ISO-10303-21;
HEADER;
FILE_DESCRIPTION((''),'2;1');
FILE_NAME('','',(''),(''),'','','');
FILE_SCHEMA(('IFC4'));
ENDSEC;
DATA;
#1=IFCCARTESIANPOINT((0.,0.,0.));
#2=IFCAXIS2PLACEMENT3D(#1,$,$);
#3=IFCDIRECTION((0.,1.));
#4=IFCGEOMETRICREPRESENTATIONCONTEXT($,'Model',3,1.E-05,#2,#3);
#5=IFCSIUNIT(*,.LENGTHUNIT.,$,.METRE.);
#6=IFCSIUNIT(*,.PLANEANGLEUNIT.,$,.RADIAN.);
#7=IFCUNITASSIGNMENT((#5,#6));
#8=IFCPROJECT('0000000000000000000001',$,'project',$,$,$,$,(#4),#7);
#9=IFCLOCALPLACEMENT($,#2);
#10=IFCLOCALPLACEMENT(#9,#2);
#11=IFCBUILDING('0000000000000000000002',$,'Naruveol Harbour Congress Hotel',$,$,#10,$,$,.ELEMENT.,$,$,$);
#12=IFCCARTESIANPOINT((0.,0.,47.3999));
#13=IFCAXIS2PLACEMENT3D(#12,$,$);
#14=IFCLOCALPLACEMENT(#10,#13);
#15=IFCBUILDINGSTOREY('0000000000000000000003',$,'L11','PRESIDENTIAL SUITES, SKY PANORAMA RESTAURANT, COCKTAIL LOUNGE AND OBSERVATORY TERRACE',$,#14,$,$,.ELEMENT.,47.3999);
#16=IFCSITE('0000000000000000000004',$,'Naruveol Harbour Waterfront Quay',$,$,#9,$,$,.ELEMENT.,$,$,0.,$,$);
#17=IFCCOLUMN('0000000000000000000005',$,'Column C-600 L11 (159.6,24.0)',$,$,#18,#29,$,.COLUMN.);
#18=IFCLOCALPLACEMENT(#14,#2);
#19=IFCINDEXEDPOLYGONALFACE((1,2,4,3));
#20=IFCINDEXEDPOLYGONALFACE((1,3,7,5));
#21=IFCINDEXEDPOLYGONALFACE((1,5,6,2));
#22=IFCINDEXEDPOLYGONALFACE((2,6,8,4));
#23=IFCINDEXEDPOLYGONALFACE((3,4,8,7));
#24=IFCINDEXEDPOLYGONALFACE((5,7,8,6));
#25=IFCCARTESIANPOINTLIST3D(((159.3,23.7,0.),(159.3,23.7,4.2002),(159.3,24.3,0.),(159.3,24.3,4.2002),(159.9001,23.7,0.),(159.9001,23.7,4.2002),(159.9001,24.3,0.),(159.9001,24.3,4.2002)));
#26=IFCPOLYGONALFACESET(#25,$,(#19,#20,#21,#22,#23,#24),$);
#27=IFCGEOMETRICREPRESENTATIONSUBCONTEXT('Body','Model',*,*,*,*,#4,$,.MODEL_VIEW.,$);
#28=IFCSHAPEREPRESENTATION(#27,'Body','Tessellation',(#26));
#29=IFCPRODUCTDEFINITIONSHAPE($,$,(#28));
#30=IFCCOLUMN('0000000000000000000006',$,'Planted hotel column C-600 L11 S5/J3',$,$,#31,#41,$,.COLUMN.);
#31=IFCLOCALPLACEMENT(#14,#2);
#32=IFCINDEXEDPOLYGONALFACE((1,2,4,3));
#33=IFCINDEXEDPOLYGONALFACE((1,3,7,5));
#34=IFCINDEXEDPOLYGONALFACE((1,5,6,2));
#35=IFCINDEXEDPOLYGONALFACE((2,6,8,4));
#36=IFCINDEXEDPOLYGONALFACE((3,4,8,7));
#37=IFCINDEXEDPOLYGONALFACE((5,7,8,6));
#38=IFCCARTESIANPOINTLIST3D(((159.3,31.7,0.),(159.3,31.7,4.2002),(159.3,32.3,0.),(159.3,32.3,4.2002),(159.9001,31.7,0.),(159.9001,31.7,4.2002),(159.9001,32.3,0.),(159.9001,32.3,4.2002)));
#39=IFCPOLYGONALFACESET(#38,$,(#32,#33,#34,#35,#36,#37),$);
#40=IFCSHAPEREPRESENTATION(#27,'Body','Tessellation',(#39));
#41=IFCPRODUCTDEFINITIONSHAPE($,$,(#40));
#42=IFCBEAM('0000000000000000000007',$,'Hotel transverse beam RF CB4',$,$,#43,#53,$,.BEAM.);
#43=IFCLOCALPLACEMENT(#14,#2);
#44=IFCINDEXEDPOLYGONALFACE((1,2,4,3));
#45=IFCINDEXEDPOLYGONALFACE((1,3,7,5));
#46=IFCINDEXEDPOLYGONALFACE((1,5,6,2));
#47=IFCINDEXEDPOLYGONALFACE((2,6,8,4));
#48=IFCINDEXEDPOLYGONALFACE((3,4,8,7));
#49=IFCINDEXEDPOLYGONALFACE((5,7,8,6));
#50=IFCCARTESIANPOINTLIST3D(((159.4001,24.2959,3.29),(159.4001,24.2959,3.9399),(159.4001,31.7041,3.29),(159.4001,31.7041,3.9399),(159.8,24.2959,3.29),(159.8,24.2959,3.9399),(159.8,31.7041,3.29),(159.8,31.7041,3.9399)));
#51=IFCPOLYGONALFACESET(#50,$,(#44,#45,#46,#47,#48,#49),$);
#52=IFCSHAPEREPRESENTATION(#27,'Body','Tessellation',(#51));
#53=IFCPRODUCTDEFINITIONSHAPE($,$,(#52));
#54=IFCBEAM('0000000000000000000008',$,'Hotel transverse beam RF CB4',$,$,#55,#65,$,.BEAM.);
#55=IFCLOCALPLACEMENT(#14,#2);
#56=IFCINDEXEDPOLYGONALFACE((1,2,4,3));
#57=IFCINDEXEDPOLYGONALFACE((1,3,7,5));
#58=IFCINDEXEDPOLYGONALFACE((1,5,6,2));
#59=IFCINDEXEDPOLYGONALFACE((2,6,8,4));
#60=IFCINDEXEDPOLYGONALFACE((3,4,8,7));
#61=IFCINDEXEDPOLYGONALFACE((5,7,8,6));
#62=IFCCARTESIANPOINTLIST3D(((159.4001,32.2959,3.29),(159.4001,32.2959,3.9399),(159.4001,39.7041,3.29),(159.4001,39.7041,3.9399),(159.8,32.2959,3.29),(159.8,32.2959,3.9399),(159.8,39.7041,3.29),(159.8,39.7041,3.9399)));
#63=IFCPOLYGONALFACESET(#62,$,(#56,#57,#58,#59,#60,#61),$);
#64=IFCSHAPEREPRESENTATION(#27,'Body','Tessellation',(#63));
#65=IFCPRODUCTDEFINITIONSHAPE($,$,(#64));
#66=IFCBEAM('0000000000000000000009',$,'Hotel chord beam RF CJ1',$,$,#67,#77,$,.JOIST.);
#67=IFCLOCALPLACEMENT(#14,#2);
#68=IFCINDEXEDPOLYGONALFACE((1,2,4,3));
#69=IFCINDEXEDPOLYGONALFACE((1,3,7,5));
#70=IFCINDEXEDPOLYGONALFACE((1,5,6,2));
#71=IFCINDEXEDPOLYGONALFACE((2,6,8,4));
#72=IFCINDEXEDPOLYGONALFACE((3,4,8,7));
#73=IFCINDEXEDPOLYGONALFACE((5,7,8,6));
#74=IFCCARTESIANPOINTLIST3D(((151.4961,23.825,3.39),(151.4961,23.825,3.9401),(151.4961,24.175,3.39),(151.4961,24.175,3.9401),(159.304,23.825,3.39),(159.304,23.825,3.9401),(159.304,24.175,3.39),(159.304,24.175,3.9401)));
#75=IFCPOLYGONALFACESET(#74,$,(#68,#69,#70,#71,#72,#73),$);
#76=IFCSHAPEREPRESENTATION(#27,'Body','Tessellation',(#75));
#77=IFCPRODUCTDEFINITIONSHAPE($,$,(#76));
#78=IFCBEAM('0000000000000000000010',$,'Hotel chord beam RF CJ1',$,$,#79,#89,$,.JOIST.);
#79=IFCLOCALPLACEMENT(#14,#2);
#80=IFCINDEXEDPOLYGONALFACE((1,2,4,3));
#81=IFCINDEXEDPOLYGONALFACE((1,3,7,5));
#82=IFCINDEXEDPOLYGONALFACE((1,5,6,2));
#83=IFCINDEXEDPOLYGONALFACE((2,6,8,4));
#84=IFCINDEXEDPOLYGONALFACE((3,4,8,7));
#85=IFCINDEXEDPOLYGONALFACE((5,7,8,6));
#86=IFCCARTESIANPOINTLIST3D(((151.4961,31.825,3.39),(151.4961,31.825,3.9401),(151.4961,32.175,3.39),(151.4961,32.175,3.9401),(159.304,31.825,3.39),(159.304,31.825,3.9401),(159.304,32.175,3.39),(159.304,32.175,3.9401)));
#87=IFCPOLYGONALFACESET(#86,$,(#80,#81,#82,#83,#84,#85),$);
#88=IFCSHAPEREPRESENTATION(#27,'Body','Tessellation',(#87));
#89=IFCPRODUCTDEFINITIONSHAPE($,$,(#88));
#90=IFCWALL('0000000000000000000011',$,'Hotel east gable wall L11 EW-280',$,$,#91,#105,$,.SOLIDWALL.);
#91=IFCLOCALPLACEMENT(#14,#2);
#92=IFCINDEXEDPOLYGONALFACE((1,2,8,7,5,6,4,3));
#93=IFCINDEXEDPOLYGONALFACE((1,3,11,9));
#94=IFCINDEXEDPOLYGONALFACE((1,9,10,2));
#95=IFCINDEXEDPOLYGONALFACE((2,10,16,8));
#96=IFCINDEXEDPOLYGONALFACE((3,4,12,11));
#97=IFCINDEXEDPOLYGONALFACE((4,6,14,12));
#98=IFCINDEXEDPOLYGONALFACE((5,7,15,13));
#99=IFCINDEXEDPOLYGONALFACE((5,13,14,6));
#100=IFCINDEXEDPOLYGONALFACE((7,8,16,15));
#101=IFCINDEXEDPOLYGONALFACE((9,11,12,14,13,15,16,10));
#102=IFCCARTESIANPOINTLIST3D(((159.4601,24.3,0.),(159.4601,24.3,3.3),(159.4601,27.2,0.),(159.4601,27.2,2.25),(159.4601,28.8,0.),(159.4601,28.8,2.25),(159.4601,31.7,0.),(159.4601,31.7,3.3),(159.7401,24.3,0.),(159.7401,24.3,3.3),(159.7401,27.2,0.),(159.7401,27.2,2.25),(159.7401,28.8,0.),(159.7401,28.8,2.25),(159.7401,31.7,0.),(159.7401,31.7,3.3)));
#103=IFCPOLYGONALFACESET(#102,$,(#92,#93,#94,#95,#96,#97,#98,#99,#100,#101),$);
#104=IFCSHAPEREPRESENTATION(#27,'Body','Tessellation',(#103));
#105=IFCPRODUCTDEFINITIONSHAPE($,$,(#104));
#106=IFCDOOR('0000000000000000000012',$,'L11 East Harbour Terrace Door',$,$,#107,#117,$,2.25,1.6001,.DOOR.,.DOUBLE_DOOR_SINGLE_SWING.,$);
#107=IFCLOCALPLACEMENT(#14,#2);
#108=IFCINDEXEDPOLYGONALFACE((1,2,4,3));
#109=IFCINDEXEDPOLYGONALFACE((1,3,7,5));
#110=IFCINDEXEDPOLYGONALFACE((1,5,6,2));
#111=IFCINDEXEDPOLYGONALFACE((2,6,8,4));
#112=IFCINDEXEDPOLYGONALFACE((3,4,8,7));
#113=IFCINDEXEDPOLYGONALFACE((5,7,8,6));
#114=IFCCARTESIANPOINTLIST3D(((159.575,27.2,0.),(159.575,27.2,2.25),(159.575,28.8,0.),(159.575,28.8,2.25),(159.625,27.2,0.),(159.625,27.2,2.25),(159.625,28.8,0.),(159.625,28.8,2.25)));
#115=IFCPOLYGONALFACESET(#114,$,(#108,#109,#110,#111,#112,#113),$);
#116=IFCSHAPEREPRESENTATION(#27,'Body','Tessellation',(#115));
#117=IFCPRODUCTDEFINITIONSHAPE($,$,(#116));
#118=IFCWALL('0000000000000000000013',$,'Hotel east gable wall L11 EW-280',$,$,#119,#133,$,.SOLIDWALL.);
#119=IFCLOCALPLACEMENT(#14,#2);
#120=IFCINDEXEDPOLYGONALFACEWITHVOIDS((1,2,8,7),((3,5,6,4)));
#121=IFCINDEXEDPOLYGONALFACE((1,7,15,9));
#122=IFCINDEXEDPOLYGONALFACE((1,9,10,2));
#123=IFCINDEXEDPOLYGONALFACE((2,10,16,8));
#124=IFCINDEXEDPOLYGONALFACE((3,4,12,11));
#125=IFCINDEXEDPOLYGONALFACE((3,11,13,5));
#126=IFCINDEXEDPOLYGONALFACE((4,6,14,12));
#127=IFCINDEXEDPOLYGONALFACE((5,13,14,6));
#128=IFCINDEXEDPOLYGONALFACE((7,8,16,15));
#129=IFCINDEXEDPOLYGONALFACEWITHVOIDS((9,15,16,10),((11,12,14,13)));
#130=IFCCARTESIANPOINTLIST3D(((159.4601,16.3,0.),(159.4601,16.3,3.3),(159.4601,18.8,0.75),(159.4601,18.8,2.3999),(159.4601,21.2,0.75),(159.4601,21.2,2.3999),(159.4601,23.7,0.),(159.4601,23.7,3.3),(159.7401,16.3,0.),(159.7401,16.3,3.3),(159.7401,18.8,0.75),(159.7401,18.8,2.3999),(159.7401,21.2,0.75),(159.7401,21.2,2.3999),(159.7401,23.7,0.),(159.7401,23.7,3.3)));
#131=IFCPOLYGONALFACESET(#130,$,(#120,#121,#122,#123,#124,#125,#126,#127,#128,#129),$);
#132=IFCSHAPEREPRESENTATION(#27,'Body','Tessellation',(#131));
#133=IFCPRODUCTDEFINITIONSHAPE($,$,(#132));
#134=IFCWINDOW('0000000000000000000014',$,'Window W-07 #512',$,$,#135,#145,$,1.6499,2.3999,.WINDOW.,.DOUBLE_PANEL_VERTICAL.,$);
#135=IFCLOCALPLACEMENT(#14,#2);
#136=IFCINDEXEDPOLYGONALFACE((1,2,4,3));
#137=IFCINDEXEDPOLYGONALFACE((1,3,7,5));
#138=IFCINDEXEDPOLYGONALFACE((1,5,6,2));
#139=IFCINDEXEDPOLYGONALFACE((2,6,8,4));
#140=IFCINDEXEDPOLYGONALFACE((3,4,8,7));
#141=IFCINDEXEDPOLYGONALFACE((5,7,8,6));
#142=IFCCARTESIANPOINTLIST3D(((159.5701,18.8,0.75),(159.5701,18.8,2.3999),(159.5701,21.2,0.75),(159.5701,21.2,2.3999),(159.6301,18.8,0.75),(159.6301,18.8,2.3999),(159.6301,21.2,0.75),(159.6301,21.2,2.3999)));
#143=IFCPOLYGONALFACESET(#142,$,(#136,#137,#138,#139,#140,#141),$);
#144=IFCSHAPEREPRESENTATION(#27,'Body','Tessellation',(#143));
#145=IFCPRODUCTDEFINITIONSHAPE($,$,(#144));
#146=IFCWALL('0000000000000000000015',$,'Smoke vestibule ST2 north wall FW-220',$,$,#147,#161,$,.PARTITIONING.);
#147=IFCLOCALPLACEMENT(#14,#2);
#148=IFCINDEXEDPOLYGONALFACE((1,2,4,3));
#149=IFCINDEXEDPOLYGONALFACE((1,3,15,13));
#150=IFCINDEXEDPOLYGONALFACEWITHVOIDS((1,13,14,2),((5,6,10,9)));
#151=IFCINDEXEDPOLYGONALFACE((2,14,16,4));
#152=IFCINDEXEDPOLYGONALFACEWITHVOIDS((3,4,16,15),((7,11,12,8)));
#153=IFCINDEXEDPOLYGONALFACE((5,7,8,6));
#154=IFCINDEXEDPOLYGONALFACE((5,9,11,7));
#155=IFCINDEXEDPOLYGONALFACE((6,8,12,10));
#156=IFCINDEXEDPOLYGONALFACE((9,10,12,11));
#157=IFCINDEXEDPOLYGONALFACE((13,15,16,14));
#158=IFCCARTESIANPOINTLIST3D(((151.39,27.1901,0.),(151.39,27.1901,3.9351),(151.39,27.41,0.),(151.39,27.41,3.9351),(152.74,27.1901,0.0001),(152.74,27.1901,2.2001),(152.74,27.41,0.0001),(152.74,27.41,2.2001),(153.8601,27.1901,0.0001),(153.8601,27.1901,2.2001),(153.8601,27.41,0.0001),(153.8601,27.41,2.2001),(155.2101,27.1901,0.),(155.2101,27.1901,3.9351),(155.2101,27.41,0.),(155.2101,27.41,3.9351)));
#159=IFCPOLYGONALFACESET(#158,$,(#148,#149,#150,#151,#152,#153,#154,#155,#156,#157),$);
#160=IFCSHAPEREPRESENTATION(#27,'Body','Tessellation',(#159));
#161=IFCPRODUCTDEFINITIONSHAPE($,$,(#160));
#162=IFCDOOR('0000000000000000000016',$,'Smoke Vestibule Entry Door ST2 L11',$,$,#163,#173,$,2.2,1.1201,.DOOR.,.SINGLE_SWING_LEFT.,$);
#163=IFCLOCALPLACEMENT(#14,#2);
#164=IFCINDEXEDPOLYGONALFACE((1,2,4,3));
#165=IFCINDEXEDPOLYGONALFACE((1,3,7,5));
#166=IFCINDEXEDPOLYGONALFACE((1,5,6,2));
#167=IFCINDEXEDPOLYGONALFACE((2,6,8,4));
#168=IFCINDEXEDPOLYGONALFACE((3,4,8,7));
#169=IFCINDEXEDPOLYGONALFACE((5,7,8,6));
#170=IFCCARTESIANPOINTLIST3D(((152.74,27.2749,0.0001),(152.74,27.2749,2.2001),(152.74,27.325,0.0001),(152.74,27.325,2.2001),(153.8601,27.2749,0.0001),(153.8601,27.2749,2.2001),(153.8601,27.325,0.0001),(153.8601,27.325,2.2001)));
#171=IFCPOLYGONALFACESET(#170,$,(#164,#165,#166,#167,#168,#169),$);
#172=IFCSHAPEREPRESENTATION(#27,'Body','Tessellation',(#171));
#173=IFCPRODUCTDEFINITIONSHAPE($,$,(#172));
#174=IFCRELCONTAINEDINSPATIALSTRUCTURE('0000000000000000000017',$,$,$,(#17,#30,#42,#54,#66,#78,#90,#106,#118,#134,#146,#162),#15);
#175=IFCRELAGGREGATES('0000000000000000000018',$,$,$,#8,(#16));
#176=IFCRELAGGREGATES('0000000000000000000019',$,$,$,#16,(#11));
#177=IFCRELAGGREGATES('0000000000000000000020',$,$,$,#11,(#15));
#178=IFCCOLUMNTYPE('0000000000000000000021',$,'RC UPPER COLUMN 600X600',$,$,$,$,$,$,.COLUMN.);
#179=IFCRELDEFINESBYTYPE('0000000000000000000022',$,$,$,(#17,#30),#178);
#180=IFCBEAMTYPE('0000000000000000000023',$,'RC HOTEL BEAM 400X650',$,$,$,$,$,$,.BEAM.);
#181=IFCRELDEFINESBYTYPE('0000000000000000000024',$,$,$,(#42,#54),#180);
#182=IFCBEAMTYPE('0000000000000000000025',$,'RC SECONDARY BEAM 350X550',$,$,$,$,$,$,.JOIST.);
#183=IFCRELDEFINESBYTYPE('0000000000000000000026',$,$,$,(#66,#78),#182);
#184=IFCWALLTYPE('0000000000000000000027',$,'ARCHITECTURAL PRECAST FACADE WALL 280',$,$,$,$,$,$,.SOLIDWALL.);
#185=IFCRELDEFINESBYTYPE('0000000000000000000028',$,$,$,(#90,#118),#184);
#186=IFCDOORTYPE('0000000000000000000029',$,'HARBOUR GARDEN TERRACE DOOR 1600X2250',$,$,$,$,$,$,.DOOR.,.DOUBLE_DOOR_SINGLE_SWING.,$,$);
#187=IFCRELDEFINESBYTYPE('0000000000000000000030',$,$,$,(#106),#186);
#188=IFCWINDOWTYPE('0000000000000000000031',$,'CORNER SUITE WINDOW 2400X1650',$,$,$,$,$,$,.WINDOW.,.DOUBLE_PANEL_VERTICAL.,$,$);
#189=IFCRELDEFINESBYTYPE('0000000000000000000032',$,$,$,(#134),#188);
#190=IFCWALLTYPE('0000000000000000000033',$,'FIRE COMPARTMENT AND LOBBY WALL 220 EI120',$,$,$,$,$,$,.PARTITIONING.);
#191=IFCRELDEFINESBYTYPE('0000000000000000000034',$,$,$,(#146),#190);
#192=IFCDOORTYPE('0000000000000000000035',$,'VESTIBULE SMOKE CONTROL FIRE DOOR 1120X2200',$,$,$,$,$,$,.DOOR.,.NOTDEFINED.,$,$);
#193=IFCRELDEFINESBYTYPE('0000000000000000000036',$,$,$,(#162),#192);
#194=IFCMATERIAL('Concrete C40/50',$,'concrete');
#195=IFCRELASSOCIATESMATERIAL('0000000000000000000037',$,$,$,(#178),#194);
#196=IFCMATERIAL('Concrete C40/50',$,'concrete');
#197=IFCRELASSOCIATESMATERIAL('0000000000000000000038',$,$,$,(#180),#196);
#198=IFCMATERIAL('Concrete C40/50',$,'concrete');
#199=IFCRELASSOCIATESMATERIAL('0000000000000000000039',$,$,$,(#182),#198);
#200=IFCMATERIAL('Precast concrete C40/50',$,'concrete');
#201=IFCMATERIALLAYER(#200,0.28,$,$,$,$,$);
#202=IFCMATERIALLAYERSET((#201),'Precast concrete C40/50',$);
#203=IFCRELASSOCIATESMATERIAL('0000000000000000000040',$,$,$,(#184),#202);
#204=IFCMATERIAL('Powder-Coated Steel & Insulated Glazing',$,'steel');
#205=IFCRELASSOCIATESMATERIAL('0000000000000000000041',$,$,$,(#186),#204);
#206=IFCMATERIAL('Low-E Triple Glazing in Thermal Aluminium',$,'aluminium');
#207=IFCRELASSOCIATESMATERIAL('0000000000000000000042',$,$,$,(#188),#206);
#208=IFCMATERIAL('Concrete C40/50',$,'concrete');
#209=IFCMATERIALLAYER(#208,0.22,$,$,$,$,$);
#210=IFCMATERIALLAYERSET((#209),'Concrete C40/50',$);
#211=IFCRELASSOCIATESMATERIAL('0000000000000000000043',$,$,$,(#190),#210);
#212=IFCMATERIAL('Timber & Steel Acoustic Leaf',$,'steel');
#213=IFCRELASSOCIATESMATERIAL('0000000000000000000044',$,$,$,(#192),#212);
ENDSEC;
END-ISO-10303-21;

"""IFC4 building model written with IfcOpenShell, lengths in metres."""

from ifc_helpers import new_model, si_unit, direction, frame, frame_2d, origin, origin_2d, place, context, subcontext, project, spatial, rectangle, extrude, material, layer, layer_set, material_profile, profile_set, type_object, element, fill, save


model = new_model("IFC4")

# Units and contexts
model_context = context("Model", 3, precision=1e-05, world=origin(), true_north=direction((0.0, 1.0)))
body_context = subcontext(model_context, "Body", "Model", "MODEL_VIEW")
ifc_project = project(units=[si_unit("LENGTHUNIT", "METRE"), si_unit("PLANEANGLEUNIT", "RADIAN")], contexts=[model_context])

# Site, building, storey
site_placement = place(None, origin())
site = spatial("IfcSite", under=ifc_project, at=site_placement, Name="Naruveol Harbour Waterfront Quay", CompositionType="ELEMENT", RefElevation=0.0)
building_placement = place(site_placement, origin())
building = spatial("IfcBuilding", under=site, at=building_placement, Name="Naruveol Harbour Congress Hotel", CompositionType="ELEMENT")
storey_placement = place(building_placement, frame((0.0, 0.0, 47.3999)))
storey = spatial("IfcBuildingStorey", under=building, at=storey_placement, Name="L11", Description="PRESIDENTIAL SUITES, SKY PANORAMA RESTAURANT, COCKTAIL LOUNGE AND OBSERVATORY TERRACE", CompositionType="ELEMENT", Elevation=47.3999)

# Columns
ifc_material_1 = material(Name="Concrete C40/50", Category="concrete")
ifc_material_profile_1 = material_profile(ifc_material_1, rectangle(XDim=0.6001, YDim=0.6001, at=origin_2d()), Name="RC-600x600")
ifc_profile_set_1 = profile_set([ifc_material_profile_1], Name="Concrete C40/50")
column_type = type_object("IfcColumnType", Name="RC UPPER COLUMN 600X600", PredefinedType="COLUMN", material=ifc_profile_set_1)
for number, where, z_axis, x_axis, name in (
    (1, (159.6001, 24.0, 0.0), (0.0, 0.0, 1.0), (1.0, 0.0, 0.0), "Column C-600 L11 (159.6,24.0)"),
    (2, (159.6001, 32.0, 0.0), (0.0, 0.0, 1.0), (1.0, 0.0, 0.0), "Planted hotel column C-600 L11 S5/J3"),
):
    element("IfcColumn", number, at=place(storey_placement, frame(where, z_axis=z_axis, x_axis=x_axis)), inside=storey, type_object=column_type, Name=name, PredefinedType="COLUMN", context=body_context, shape_type="SweptSolid", body=[
        extrude(rectangle(XDim=0.6001, YDim=0.6001, at=origin_2d()), origin(), (0.0, 0.0, 1.0), 4.2002),
    ])

# Beams
ifc_material_2 = material(Name="Concrete C40/50", Category="concrete")
ifc_material_profile_2 = material_profile(ifc_material_2, rectangle(XDim=0.3999, YDim=0.6499, at=origin_2d()), Name="RCB-400x650")
ifc_profile_set_2 = profile_set([ifc_material_profile_2], Name="Concrete C40/50")
beam_type_1 = type_object("IfcBeamType", Name="RC HOTEL BEAM 400X650", PredefinedType="BEAM", material=ifc_profile_set_2)
for number, where, z_axis, x_axis, name in (
    (3, (159.6001, 24.2959, 3.615), (0.0, 1.0, 0.0), (-1.0, 0.0, 0.0), "Hotel transverse beam RF CB4"),
    (4, (159.6001, 32.2959, 3.615), (0.0, 1.0, 0.0), (-1.0, 0.0, 0.0), "Hotel transverse beam RF CB4"),
):
    element("IfcBeam", number, at=place(storey_placement, frame(where, z_axis=z_axis, x_axis=x_axis)), inside=storey, type_object=beam_type_1, Name=name, PredefinedType="BEAM", context=body_context, shape_type="SweptSolid", body=[
        extrude(rectangle(XDim=0.3999, YDim=0.6499, at=origin_2d()), origin(), (0.0, 0.0, 1.0), 7.4082),
    ])
ifc_material_3 = material(Name="Concrete C40/50", Category="concrete")
ifc_material_profile_3 = material_profile(ifc_material_3, rectangle(XDim=0.3501, YDim=0.55, at=origin_2d()), Name="RCB-350x550")
ifc_profile_set_3 = profile_set([ifc_material_profile_3], Name="Concrete C40/50")
beam_type_2 = type_object("IfcBeamType", Name="RC SECONDARY BEAM 350X550", PredefinedType="JOIST", material=ifc_profile_set_3)
for number, where, z_axis, x_axis, name in (
    (5, (151.4961, 24.0, 3.665), (1.0, 0.0, 0.0), (0.0, 1.0, 0.0), "Hotel chord beam RF CJ1"),
    (6, (151.4961, 32.0, 3.665), (1.0, 0.0, 0.0), (0.0, 1.0, 0.0), "Hotel chord beam RF CJ1"),
):
    element("IfcBeam", number, at=place(storey_placement, frame(where, z_axis=z_axis, x_axis=x_axis)), inside=storey, type_object=beam_type_2, Name=name, PredefinedType="JOIST", context=body_context, shape_type="SweptSolid", body=[
        extrude(rectangle(XDim=0.3501, YDim=0.55, at=origin_2d()), origin(), (0.0, 0.0, 1.0), 7.8079),
    ])

# Wall, opening, door
ifc_material_4 = material(Name="Precast concrete C40/50", Category="concrete")
ifc_layer_1 = layer(ifc_material_4, 0.28)
ifc_layer_set_1 = layer_set([ifc_layer_1], Name="Precast concrete C40/50")
wall_type_1 = type_object("IfcWallType", Name="ARCHITECTURAL PRECAST FACADE WALL 280", PredefinedType="SOLIDWALL", material=ifc_layer_set_1)
wall_1_placement = place(storey_placement, frame((159.6001, 31.7, 0.0), z_axis=(0.0, 0.0, 1.0), x_axis=(0.0, -1.0, 0.0)))
wall_1 = element("IfcWall", 7, at=wall_1_placement, inside=storey, type_object=wall_type_1, Name="Hotel east gable wall L11 EW-280", PredefinedType="SOLIDWALL", context=body_context, shape_type="SweptSolid", body=[
    extrude(rectangle(XDim=7.3999, YDim=0.28, at=frame_2d((3.7, 0.0))), origin(), (0.0, 0.0, 1.0), 3.3),
])
opening_1_placement = place(wall_1_placement, frame((2.8999, 0.0, 0.0)))
opening_1 = element("IfcOpeningElement", 8, at=opening_1_placement, cuts=wall_1, PredefinedType="OPENING", context=body_context, shape_type="SweptSolid", body=[
    extrude(rectangle(XDim=1.6001, YDim=2.25, at=frame_2d((0.8, 1.125))), frame((0.0, 0.1499, 0.0), z_axis=(0.0, -1.0, 0.0), x_axis=(1.0, 0.0, 0.0)), (0.0, 0.0, 1.0), 0.3),
])
ifc_material_5 = material(Name="Powder-Coated Steel & Insulated Glazing", Category="steel")
door_type_1 = type_object("IfcDoorType", Name="HARBOUR GARDEN TERRACE DOOR 1600X2250", OperationType="DOUBLE_DOOR_SINGLE_SWING", PredefinedType="DOOR", material=ifc_material_5)
door_1_placement = place(opening_1_placement, origin())
door_1 = element("IfcDoor", 9, at=door_1_placement, inside=storey, type_object=door_type_1, Name="L11 East Harbour Terrace Door", OperationType="DOUBLE_DOOR_SINGLE_SWING", OverallHeight=2.25, OverallWidth=1.6001, PredefinedType="DOOR", context=body_context, shape_type="SweptSolid", body=[
    extrude(rectangle(XDim=1.6001, YDim=2.25, at=frame_2d((0.8, 1.125))), frame((0.0, 0.0249, 0.0), z_axis=(0.0, -1.0, 0.0), x_axis=(1.0, 0.0, 0.0)), (0.0, 0.0, 1.0), 0.05),
])
fill(opening_1, door_1)

# Wall, opening, window
wall_2_placement = place(storey_placement, frame((159.6001, 23.7, 0.0), z_axis=(0.0, 0.0, 1.0), x_axis=(0.0, -1.0, 0.0)))
wall_2 = element("IfcWall", 10, at=wall_2_placement, inside=storey, type_object=wall_type_1, Name="Hotel east gable wall L11 EW-280", PredefinedType="SOLIDWALL", context=body_context, shape_type="SweptSolid", body=[
    extrude(rectangle(XDim=7.3999, YDim=0.28, at=frame_2d((3.7, 0.0))), origin(), (0.0, 0.0, 1.0), 3.3),
])
opening_2_placement = place(wall_2_placement, frame((2.5, 0.0, 0.75)))
opening_2 = element("IfcOpeningElement", 11, at=opening_2_placement, cuts=wall_2, PredefinedType="OPENING", context=body_context, shape_type="SweptSolid", body=[
    extrude(rectangle(XDim=2.3999, YDim=1.6499, at=frame_2d((1.2, 0.825))), frame((0.0, 0.1499, 0.0), z_axis=(0.0, -1.0, 0.0), x_axis=(1.0, 0.0, 0.0)), (0.0, 0.0, 1.0), 0.3),
])
ifc_material_6 = material(Name="Low-E Triple Glazing in Thermal Aluminium", Category="aluminium")
window_type = type_object("IfcWindowType", Name="CORNER SUITE WINDOW 2400X1650", PartitioningType="DOUBLE_PANEL_VERTICAL", PredefinedType="WINDOW", material=ifc_material_6)
window_placement = place(opening_2_placement, origin())
window = element("IfcWindow", 12, at=window_placement, inside=storey, type_object=window_type, Name="Window W-07 #512", OverallHeight=1.6499, OverallWidth=2.3999, PartitioningType="DOUBLE_PANEL_VERTICAL", PredefinedType="WINDOW", context=body_context, shape_type="SweptSolid", body=[
    extrude(rectangle(XDim=2.3999, YDim=1.6499, at=frame_2d((1.2, 0.825))), frame((0.0, 0.03, 0.0), z_axis=(0.0, -1.0, 0.0), x_axis=(1.0, 0.0, 0.0)), (0.0, 0.0, 1.0), 0.0601),
])
fill(opening_2, window)

# Wall, opening, door
ifc_material_7 = material(Name="Concrete C40/50", Category="concrete")
ifc_layer_2 = layer(ifc_material_7, 0.22)
ifc_layer_set_2 = layer_set([ifc_layer_2], Name="Concrete C40/50")
wall_type_2 = type_object("IfcWallType", Name="FIRE COMPARTMENT AND LOBBY WALL 220 EI120", PredefinedType="PARTITIONING", material=ifc_layer_set_2)
wall_3_placement = place(storey_placement, frame((151.3899, 27.3, 0.0), z_axis=(0.0, 0.0, 1.0), x_axis=(1.0, 0.0, 0.0)))
wall_3 = element("IfcWall", 13, at=wall_3_placement, inside=storey, type_object=wall_type_2, Name="Smoke vestibule ST2 north wall FW-220", PredefinedType="PARTITIONING", context=body_context, shape_type="SweptSolid", body=[
    extrude(rectangle(XDim=3.8201, YDim=0.22, at=frame_2d((1.9102, 0.0))), origin(), (0.0, 0.0, 1.0), 3.9351),
])
opening_3_placement = place(wall_3_placement, frame((1.3501, 0.0, 0.0)))
opening_3 = element("IfcOpeningElement", 14, at=opening_3_placement, cuts=wall_3, PredefinedType="OPENING", context=body_context, shape_type="SweptSolid", body=[
    extrude(rectangle(XDim=1.1201, YDim=2.2, at=frame_2d((0.5601, 1.1001))), frame((0.0, 0.1199, 0.0), z_axis=(0.0, -1.0, 0.0), x_axis=(1.0, 0.0, 0.0)), (0.0, 0.0, 1.0), 0.24),
])
ifc_material_8 = material(Name="Timber & Steel Acoustic Leaf", Category="steel")
door_type_2 = type_object("IfcDoorType", Name="VESTIBULE SMOKE CONTROL FIRE DOOR 1120X2200", OperationType="NOTDEFINED", PredefinedType="DOOR", material=ifc_material_8)
door_2_placement = place(opening_3_placement, origin())
door_2 = element("IfcDoor", 15, at=door_2_placement, inside=storey, type_object=door_type_2, Name="Smoke Vestibule Entry Door ST2 L11", OperationType="SINGLE_SWING_LEFT", OverallHeight=2.2, OverallWidth=1.1201, PredefinedType="DOOR", context=body_context, shape_type="SweptSolid", body=[
    extrude(rectangle(XDim=1.1201, YDim=2.2, at=frame_2d((0.5601, 1.1001))), frame((0.0, 0.0249, 0.0), z_axis=(0.0, -1.0, 0.0), x_axis=(1.0, 0.0, 0.0)), (0.0, 0.0, 1.0), 0.05),
])
fill(opening_3, door_2)

save(model, "model.ifc")
